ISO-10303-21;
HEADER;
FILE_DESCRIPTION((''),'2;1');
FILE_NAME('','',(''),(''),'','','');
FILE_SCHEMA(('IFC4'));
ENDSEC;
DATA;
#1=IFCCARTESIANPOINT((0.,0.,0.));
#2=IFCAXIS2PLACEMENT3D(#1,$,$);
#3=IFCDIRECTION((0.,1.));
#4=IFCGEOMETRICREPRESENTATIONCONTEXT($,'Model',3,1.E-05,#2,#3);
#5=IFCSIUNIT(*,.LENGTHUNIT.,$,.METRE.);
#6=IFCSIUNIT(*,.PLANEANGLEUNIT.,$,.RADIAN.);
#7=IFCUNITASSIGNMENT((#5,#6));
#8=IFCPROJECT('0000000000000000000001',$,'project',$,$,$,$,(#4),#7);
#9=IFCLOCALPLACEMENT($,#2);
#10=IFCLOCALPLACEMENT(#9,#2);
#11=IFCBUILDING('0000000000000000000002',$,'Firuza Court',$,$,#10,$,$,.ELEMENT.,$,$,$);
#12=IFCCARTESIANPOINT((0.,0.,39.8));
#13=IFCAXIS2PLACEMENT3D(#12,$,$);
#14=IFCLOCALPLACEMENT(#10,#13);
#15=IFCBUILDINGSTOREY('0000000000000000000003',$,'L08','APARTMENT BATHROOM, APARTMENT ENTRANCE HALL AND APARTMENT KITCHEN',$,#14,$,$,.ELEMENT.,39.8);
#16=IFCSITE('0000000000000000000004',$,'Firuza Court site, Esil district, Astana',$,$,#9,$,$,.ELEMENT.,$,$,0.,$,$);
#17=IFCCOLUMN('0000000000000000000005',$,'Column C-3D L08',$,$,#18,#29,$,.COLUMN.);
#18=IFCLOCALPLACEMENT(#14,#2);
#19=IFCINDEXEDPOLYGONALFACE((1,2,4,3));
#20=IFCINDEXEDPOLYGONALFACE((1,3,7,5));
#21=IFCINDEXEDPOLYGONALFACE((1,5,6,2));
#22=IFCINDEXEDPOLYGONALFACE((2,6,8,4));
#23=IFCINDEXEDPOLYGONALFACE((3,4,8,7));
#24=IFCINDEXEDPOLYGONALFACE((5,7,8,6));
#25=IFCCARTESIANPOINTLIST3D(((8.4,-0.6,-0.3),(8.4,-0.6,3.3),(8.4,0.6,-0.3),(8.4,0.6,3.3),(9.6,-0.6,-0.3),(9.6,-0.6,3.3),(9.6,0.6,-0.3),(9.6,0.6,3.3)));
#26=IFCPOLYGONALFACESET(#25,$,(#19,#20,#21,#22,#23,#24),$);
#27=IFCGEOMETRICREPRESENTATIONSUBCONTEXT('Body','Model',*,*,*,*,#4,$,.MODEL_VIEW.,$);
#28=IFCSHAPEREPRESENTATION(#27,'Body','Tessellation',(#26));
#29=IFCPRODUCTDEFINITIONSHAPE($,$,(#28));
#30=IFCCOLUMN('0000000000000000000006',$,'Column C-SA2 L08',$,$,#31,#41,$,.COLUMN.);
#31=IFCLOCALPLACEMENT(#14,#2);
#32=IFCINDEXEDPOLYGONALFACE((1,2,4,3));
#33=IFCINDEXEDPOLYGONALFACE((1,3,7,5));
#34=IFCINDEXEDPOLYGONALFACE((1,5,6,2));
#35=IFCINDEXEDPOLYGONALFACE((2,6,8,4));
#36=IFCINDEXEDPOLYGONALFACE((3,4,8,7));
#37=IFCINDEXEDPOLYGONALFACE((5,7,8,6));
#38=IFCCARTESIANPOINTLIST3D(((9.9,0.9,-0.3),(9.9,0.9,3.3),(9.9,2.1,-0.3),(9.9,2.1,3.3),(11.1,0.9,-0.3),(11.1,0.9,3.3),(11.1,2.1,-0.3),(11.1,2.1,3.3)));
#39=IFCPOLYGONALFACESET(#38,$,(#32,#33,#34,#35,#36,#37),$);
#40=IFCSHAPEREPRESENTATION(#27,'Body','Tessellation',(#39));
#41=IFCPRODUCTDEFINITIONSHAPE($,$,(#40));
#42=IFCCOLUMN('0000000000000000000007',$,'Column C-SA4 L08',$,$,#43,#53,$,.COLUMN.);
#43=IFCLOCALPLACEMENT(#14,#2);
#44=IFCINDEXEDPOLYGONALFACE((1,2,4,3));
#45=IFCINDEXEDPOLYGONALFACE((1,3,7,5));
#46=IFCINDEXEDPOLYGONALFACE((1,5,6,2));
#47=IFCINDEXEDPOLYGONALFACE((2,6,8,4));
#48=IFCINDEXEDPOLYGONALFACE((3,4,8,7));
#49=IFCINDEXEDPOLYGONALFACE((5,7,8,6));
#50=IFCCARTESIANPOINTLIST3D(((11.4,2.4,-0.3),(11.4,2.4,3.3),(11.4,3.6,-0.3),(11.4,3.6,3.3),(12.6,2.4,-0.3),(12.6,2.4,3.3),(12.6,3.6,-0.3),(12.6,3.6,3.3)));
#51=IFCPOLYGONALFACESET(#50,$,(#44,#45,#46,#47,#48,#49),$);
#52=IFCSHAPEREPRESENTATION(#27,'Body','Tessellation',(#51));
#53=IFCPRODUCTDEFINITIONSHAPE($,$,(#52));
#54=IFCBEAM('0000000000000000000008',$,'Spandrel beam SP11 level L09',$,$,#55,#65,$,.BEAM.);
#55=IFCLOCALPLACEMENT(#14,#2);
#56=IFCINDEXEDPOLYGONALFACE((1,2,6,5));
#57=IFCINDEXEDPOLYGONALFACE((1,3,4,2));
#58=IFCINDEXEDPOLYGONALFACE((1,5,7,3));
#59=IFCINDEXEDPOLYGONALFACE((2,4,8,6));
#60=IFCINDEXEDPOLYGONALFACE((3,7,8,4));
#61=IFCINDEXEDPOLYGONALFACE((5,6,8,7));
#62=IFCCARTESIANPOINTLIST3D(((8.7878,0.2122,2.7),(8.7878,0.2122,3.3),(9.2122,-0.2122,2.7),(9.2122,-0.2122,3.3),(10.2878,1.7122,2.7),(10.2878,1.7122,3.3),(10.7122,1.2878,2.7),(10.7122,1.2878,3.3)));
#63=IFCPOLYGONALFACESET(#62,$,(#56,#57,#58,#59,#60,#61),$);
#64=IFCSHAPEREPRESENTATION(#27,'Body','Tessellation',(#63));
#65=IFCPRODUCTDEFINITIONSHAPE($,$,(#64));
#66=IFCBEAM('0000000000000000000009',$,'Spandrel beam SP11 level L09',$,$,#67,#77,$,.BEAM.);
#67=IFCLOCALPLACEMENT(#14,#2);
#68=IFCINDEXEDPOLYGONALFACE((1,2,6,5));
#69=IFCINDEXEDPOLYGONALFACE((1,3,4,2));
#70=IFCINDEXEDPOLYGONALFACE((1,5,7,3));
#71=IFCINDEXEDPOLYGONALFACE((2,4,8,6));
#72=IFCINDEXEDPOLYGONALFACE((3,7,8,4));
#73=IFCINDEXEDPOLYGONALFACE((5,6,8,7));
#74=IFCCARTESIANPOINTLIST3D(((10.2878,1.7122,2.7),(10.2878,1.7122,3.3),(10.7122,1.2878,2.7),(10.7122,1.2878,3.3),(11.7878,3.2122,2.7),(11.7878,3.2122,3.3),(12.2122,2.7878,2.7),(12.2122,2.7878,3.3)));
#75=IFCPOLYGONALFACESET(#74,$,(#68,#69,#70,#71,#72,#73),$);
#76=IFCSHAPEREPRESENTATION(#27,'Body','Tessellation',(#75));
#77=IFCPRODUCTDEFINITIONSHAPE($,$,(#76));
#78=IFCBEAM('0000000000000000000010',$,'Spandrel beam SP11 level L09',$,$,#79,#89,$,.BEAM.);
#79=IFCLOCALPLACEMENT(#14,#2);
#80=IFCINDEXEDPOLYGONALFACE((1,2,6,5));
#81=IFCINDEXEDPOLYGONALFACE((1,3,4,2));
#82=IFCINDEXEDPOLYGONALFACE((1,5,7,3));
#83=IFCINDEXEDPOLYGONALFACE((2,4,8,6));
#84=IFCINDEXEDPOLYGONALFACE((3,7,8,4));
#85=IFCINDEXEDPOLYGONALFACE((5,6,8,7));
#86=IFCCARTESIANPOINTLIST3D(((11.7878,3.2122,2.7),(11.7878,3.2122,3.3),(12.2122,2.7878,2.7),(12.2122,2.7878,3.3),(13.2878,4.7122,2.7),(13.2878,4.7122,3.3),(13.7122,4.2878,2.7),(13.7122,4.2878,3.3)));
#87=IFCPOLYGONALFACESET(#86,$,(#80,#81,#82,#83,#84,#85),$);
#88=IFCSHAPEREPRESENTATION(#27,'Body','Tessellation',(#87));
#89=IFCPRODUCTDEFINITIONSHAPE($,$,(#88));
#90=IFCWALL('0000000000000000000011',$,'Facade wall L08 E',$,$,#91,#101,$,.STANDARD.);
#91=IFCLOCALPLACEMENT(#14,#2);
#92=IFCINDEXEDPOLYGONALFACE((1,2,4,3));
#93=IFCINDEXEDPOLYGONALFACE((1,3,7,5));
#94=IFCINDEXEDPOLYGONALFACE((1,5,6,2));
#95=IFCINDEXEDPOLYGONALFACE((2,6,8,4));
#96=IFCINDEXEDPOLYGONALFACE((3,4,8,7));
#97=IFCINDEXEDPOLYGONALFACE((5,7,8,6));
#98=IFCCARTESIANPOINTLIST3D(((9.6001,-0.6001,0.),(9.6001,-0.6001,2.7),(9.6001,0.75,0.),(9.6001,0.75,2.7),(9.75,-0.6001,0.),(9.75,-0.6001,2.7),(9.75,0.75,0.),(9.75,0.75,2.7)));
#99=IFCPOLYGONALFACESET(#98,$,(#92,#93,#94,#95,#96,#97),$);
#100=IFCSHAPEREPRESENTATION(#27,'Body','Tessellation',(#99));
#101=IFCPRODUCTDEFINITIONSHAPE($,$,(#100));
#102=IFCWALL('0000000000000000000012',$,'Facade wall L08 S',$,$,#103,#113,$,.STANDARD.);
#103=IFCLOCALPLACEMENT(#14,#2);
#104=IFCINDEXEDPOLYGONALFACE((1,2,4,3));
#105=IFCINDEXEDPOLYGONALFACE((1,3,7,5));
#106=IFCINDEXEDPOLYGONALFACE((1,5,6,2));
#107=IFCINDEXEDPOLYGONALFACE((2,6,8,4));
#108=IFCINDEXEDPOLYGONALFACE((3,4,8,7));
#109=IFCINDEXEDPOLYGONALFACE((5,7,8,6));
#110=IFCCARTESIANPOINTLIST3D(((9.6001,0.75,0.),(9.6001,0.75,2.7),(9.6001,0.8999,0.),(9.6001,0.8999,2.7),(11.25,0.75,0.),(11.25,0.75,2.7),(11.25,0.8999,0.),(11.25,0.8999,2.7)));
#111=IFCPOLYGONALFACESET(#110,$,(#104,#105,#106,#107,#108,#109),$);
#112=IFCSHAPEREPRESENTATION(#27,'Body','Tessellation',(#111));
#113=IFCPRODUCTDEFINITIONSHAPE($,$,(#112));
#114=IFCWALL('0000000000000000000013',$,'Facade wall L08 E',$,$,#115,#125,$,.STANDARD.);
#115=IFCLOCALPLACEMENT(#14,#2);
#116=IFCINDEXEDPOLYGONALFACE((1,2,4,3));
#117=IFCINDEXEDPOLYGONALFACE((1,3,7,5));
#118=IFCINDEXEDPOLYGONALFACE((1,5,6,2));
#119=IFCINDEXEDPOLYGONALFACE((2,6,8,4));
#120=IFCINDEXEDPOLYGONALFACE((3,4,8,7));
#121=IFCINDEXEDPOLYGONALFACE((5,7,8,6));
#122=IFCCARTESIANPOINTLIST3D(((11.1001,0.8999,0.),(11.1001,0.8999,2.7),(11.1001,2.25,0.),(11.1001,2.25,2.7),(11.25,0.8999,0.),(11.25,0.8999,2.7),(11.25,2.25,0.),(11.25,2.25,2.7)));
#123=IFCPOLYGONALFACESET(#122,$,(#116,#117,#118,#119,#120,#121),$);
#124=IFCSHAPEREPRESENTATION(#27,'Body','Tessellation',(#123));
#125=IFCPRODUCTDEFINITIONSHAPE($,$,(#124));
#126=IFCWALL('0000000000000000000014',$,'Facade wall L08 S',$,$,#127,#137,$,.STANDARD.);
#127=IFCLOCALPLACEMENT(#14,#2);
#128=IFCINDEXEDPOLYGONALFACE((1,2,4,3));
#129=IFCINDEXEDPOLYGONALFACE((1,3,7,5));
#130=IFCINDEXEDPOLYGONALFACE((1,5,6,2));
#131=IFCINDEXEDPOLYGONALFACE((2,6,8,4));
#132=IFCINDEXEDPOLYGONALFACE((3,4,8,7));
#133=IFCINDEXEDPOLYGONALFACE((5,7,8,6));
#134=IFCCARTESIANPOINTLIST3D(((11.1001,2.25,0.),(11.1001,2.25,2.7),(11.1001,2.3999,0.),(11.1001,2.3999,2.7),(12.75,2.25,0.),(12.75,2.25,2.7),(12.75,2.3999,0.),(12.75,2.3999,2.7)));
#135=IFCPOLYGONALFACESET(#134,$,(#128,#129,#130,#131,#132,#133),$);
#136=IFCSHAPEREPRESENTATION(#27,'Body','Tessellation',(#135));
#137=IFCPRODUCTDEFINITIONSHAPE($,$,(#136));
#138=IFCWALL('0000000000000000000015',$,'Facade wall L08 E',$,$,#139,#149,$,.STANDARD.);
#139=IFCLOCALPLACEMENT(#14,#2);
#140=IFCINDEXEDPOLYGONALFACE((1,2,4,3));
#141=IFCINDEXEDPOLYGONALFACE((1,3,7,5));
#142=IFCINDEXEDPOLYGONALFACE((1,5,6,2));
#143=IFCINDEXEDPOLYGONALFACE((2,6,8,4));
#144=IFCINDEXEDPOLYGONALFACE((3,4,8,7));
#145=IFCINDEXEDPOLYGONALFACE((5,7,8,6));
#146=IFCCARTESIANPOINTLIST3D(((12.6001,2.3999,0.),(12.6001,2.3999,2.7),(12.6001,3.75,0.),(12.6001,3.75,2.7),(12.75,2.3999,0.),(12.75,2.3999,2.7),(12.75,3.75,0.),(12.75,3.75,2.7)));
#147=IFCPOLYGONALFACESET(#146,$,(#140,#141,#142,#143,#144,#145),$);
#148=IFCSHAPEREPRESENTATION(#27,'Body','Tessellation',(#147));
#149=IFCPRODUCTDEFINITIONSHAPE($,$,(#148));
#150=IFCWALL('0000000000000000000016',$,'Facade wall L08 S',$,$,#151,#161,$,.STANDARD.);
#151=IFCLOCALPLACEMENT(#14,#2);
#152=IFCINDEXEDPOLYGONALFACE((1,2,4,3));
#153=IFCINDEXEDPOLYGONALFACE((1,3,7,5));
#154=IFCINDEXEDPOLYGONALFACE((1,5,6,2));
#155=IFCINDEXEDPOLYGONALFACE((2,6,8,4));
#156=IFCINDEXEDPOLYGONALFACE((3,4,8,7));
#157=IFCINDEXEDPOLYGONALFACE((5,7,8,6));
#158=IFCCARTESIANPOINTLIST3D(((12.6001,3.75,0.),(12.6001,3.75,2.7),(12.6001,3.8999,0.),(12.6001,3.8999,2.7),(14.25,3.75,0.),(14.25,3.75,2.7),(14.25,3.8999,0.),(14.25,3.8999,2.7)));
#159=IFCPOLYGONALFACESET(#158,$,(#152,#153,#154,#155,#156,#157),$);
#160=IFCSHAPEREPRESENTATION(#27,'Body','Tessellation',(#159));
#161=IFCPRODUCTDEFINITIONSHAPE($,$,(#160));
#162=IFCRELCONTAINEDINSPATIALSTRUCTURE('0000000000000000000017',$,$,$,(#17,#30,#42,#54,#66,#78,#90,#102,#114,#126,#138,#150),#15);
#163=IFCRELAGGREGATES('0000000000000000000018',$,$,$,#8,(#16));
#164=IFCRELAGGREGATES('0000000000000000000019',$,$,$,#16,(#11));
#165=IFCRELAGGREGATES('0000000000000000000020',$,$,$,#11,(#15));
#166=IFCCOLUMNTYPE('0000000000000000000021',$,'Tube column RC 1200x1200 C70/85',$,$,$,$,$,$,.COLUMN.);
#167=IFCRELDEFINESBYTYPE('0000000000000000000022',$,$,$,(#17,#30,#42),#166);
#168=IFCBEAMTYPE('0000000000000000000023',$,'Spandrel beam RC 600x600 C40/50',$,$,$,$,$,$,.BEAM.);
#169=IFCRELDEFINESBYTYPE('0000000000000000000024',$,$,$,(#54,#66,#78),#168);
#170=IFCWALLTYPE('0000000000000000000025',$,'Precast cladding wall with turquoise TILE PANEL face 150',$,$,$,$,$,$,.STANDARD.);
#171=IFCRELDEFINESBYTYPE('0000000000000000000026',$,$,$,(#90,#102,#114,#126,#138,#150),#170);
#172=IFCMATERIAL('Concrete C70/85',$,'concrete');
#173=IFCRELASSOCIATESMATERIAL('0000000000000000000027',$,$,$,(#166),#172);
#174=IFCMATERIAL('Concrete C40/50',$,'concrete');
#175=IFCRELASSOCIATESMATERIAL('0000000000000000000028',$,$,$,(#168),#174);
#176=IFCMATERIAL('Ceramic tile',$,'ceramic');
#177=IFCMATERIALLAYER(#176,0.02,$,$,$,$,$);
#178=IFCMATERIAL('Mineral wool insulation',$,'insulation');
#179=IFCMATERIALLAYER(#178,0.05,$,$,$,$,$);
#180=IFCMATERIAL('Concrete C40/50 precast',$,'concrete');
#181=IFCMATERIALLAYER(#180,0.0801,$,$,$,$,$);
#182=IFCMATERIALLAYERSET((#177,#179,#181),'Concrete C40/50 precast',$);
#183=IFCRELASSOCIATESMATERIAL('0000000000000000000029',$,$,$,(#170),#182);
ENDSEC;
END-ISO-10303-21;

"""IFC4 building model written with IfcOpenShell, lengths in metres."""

from ifc_helpers import new_model, si_unit, direction, frame, frame_2d, origin, origin_2d, place, context, subcontext, project, spatial, rectangle, extrude, material, layer, layer_set, material_profile, profile_set, type_object, element, save


model = new_model("IFC4")

# Units and contexts
model_context = context("Model", 3, precision=1e-05, world=origin(), true_north=direction((0.0, 1.0)))
body_context = subcontext(model_context, "Body", "Model", "MODEL_VIEW")
ifc_project = project(units=[si_unit("LENGTHUNIT", "METRE"), si_unit("PLANEANGLEUNIT", "RADIAN")], contexts=[model_context])

# Site, building, storey
site_placement = place(None, origin())
site = spatial("IfcSite", under=ifc_project, at=site_placement, Name="Firuza Court site, Esil district, Astana", CompositionType="ELEMENT", RefElevation=0.0)
building_placement = place(site_placement, origin())
building = spatial("IfcBuilding", under=site, at=building_placement, Name="Firuza Court", CompositionType="ELEMENT")
storey_placement = place(building_placement, frame((0.0, 0.0, 39.8)))
storey = spatial("IfcBuildingStorey", under=building, at=storey_placement, Name="L08", Description="APARTMENT BATHROOM, APARTMENT ENTRANCE HALL AND APARTMENT KITCHEN", CompositionType="ELEMENT", Elevation=39.8)

# Columns
ifc_material_1 = material(Name="Concrete C70/85", Category="concrete")
ifc_material_profile_1 = material_profile(ifc_material_1, rectangle(XDim=1.2, YDim=1.2, at=origin_2d()), Name="RC 1200x1200")
ifc_profile_set_1 = profile_set([ifc_material_profile_1], Name="Concrete C70/85")
column_type = type_object("IfcColumnType", Name="Tube column RC 1200x1200 C70/85", PredefinedType="COLUMN", material=ifc_profile_set_1)
for number, where, z_axis, x_axis, name in (
    (1, (9.0, 0.0, -0.3), (0.0, 0.0, 1.0), (1.0, 0.0, 0.0), "Column C-3D L08"),
    (2, (10.5, 1.5, -0.3), (0.0, 0.0, 1.0), (1.0, 0.0, 0.0), "Column C-SA2 L08"),
    (3, (12.0, 3.0, -0.3), (0.0, 0.0, 1.0), (1.0, 0.0, 0.0), "Column C-SA4 L08"),
):
    element("IfcColumn", number, at=place(storey_placement, frame(where, z_axis=z_axis, x_axis=x_axis)), inside=storey, type_object=column_type, Name=name, PredefinedType="COLUMN", context=body_context, shape_type="SweptSolid", body=[
        extrude(rectangle(XDim=1.2, YDim=1.2, at=origin_2d()), origin(), (0.0, 0.0, 1.0), 3.6001),
    ])

# Beams
ifc_material_2 = material(Name="Concrete C40/50", Category="concrete")
ifc_material_profile_2 = material_profile(ifc_material_2, rectangle(XDim=0.6001, YDim=0.6001, at=origin_2d()), Name="RC 600x600")
ifc_profile_set_2 = profile_set([ifc_material_profile_2], Name="Concrete C40/50")
beam_type = type_object("IfcBeamType", Name="Spandrel beam RC 600x600 C40/50", PredefinedType="BEAM", material=ifc_profile_set_2)
for number, where, z_axis, x_axis, name in (
    (4, (9.0, 0.0, 3.0), (0.707107, 0.707107, 0.0), (-0.707107, 0.707107, 0.0), "Spandrel beam SP11 level L09"),
    (5, (10.5, 1.5, 3.0), (0.707107, 0.707107, 0.0), (-0.707107, 0.707107, 0.0), "Spandrel beam SP11 level L09"),
    (6, (12.0, 3.0, 3.0), (0.707107, 0.707107, 0.0), (-0.707107, 0.707107, 0.0), "Spandrel beam SP11 level L09"),
):
    element("IfcBeam", number, at=place(storey_placement, frame(where, z_axis=z_axis, x_axis=x_axis)), inside=storey, type_object=beam_type, Name=name, PredefinedType="BEAM", context=body_context, shape_type="SweptSolid", body=[
        extrude(rectangle(XDim=0.6001, YDim=0.6001, at=origin_2d()), origin(), (0.0, 0.0, 1.0), 2.1213),
    ])

# Walls
ifc_material_3 = material(Name="Ceramic tile", Category="ceramic")
ifc_layer_1 = layer(ifc_material_3, 0.02)
ifc_material_4 = material(Name="Mineral wool insulation", Category="insulation")
ifc_layer_2 = layer(ifc_material_4, 0.05)
ifc_material_5 = material(Name="Concrete C40/50 precast", Category="concrete")
ifc_layer_3 = layer(ifc_material_5, 0.0801)
ifc_layer_set = layer_set([ifc_layer_1, ifc_layer_2, ifc_layer_3], Name="Concrete C40/50 precast")
wall_type = type_object("IfcWallType", Name="Precast cladding wall with turquoise TILE PANEL face 150", PredefinedType="STANDARD", material=ifc_layer_set)
wall_1_placement = place(storey_placement, frame((9.675, -0.6001, 0.0), z_axis=(0.0, 0.0, 1.0), x_axis=(0.0, 1.0, 0.0)))
element("IfcWall", 7, at=wall_1_placement, inside=storey, type_object=wall_type, Name="Facade wall L08 E", PredefinedType="STANDARD", context=body_context, shape_type="SweptSolid", body=[
    extrude(rectangle(XDim=1.3501, YDim=0.1499, at=frame_2d((0.675, 0.0))), origin(), (0.0, 0.0, 1.0), 2.7),
])
wall_2_placement = place(storey_placement, frame((9.6001, 0.825, 0.0), z_axis=(0.0, 0.0, 1.0), x_axis=(1.0, 0.0, 0.0)))
element("IfcWall", 8, at=wall_2_placement, inside=storey, type_object=wall_type, Name="Facade wall L08 S", PredefinedType="STANDARD", context=body_context, shape_type="SweptSolid", body=[
    extrude(rectangle(XDim=1.6499, YDim=0.1499, at=frame_2d((0.825, 0.0))), origin(), (0.0, 0.0, 1.0), 2.7),
])
wall_3_placement = place(storey_placement, frame((11.175, 0.8999, 0.0), z_axis=(0.0, 0.0, 1.0), x_axis=(0.0, 1.0, 0.0)))
element("IfcWall", 9, at=wall_3_placement, inside=storey, type_object=wall_type, Name="Facade wall L08 E", PredefinedType="STANDARD", context=body_context, shape_type="SweptSolid", body=[
    extrude(rectangle(XDim=1.3501, YDim=0.1499, at=frame_2d((0.675, 0.0))), origin(), (0.0, 0.0, 1.0), 2.7),
])
wall_4_placement = place(storey_placement, frame((11.1001, 2.325, 0.0), z_axis=(0.0, 0.0, 1.0), x_axis=(1.0, 0.0, 0.0)))
element("IfcWall", 10, at=wall_4_placement, inside=storey, type_object=wall_type, Name="Facade wall L08 S", PredefinedType="STANDARD", context=body_context, shape_type="SweptSolid", body=[
    extrude(rectangle(XDim=1.6499, YDim=0.1499, at=frame_2d((0.825, 0.0))), origin(), (0.0, 0.0, 1.0), 2.7),
])
wall_5_placement = place(storey_placement, frame((12.675, 2.3999, 0.0), z_axis=(0.0, 0.0, 1.0), x_axis=(0.0, 1.0, 0.0)))
element("IfcWall", 11, at=wall_5_placement, inside=storey, type_object=wall_type, Name="Facade wall L08 E", PredefinedType="STANDARD", context=body_context, shape_type="SweptSolid", body=[
    extrude(rectangle(XDim=1.3501, YDim=0.1499, at=frame_2d((0.675, 0.0))), origin(), (0.0, 0.0, 1.0), 2.7),
])
wall_6_placement = place(storey_placement, frame((12.6001, 3.825, 0.0), z_axis=(0.0, 0.0, 1.0), x_axis=(1.0, 0.0, 0.0)))
element("IfcWall", 12, at=wall_6_placement, inside=storey, type_object=wall_type, Name="Facade wall L08 S", PredefinedType="STANDARD", context=body_context, shape_type="SweptSolid", body=[
    extrude(rectangle(XDim=1.6499, YDim=0.1499, at=frame_2d((0.825, 0.0))), origin(), (0.0, 0.0, 1.0), 2.7),
])

save(model, "model.ifc")
